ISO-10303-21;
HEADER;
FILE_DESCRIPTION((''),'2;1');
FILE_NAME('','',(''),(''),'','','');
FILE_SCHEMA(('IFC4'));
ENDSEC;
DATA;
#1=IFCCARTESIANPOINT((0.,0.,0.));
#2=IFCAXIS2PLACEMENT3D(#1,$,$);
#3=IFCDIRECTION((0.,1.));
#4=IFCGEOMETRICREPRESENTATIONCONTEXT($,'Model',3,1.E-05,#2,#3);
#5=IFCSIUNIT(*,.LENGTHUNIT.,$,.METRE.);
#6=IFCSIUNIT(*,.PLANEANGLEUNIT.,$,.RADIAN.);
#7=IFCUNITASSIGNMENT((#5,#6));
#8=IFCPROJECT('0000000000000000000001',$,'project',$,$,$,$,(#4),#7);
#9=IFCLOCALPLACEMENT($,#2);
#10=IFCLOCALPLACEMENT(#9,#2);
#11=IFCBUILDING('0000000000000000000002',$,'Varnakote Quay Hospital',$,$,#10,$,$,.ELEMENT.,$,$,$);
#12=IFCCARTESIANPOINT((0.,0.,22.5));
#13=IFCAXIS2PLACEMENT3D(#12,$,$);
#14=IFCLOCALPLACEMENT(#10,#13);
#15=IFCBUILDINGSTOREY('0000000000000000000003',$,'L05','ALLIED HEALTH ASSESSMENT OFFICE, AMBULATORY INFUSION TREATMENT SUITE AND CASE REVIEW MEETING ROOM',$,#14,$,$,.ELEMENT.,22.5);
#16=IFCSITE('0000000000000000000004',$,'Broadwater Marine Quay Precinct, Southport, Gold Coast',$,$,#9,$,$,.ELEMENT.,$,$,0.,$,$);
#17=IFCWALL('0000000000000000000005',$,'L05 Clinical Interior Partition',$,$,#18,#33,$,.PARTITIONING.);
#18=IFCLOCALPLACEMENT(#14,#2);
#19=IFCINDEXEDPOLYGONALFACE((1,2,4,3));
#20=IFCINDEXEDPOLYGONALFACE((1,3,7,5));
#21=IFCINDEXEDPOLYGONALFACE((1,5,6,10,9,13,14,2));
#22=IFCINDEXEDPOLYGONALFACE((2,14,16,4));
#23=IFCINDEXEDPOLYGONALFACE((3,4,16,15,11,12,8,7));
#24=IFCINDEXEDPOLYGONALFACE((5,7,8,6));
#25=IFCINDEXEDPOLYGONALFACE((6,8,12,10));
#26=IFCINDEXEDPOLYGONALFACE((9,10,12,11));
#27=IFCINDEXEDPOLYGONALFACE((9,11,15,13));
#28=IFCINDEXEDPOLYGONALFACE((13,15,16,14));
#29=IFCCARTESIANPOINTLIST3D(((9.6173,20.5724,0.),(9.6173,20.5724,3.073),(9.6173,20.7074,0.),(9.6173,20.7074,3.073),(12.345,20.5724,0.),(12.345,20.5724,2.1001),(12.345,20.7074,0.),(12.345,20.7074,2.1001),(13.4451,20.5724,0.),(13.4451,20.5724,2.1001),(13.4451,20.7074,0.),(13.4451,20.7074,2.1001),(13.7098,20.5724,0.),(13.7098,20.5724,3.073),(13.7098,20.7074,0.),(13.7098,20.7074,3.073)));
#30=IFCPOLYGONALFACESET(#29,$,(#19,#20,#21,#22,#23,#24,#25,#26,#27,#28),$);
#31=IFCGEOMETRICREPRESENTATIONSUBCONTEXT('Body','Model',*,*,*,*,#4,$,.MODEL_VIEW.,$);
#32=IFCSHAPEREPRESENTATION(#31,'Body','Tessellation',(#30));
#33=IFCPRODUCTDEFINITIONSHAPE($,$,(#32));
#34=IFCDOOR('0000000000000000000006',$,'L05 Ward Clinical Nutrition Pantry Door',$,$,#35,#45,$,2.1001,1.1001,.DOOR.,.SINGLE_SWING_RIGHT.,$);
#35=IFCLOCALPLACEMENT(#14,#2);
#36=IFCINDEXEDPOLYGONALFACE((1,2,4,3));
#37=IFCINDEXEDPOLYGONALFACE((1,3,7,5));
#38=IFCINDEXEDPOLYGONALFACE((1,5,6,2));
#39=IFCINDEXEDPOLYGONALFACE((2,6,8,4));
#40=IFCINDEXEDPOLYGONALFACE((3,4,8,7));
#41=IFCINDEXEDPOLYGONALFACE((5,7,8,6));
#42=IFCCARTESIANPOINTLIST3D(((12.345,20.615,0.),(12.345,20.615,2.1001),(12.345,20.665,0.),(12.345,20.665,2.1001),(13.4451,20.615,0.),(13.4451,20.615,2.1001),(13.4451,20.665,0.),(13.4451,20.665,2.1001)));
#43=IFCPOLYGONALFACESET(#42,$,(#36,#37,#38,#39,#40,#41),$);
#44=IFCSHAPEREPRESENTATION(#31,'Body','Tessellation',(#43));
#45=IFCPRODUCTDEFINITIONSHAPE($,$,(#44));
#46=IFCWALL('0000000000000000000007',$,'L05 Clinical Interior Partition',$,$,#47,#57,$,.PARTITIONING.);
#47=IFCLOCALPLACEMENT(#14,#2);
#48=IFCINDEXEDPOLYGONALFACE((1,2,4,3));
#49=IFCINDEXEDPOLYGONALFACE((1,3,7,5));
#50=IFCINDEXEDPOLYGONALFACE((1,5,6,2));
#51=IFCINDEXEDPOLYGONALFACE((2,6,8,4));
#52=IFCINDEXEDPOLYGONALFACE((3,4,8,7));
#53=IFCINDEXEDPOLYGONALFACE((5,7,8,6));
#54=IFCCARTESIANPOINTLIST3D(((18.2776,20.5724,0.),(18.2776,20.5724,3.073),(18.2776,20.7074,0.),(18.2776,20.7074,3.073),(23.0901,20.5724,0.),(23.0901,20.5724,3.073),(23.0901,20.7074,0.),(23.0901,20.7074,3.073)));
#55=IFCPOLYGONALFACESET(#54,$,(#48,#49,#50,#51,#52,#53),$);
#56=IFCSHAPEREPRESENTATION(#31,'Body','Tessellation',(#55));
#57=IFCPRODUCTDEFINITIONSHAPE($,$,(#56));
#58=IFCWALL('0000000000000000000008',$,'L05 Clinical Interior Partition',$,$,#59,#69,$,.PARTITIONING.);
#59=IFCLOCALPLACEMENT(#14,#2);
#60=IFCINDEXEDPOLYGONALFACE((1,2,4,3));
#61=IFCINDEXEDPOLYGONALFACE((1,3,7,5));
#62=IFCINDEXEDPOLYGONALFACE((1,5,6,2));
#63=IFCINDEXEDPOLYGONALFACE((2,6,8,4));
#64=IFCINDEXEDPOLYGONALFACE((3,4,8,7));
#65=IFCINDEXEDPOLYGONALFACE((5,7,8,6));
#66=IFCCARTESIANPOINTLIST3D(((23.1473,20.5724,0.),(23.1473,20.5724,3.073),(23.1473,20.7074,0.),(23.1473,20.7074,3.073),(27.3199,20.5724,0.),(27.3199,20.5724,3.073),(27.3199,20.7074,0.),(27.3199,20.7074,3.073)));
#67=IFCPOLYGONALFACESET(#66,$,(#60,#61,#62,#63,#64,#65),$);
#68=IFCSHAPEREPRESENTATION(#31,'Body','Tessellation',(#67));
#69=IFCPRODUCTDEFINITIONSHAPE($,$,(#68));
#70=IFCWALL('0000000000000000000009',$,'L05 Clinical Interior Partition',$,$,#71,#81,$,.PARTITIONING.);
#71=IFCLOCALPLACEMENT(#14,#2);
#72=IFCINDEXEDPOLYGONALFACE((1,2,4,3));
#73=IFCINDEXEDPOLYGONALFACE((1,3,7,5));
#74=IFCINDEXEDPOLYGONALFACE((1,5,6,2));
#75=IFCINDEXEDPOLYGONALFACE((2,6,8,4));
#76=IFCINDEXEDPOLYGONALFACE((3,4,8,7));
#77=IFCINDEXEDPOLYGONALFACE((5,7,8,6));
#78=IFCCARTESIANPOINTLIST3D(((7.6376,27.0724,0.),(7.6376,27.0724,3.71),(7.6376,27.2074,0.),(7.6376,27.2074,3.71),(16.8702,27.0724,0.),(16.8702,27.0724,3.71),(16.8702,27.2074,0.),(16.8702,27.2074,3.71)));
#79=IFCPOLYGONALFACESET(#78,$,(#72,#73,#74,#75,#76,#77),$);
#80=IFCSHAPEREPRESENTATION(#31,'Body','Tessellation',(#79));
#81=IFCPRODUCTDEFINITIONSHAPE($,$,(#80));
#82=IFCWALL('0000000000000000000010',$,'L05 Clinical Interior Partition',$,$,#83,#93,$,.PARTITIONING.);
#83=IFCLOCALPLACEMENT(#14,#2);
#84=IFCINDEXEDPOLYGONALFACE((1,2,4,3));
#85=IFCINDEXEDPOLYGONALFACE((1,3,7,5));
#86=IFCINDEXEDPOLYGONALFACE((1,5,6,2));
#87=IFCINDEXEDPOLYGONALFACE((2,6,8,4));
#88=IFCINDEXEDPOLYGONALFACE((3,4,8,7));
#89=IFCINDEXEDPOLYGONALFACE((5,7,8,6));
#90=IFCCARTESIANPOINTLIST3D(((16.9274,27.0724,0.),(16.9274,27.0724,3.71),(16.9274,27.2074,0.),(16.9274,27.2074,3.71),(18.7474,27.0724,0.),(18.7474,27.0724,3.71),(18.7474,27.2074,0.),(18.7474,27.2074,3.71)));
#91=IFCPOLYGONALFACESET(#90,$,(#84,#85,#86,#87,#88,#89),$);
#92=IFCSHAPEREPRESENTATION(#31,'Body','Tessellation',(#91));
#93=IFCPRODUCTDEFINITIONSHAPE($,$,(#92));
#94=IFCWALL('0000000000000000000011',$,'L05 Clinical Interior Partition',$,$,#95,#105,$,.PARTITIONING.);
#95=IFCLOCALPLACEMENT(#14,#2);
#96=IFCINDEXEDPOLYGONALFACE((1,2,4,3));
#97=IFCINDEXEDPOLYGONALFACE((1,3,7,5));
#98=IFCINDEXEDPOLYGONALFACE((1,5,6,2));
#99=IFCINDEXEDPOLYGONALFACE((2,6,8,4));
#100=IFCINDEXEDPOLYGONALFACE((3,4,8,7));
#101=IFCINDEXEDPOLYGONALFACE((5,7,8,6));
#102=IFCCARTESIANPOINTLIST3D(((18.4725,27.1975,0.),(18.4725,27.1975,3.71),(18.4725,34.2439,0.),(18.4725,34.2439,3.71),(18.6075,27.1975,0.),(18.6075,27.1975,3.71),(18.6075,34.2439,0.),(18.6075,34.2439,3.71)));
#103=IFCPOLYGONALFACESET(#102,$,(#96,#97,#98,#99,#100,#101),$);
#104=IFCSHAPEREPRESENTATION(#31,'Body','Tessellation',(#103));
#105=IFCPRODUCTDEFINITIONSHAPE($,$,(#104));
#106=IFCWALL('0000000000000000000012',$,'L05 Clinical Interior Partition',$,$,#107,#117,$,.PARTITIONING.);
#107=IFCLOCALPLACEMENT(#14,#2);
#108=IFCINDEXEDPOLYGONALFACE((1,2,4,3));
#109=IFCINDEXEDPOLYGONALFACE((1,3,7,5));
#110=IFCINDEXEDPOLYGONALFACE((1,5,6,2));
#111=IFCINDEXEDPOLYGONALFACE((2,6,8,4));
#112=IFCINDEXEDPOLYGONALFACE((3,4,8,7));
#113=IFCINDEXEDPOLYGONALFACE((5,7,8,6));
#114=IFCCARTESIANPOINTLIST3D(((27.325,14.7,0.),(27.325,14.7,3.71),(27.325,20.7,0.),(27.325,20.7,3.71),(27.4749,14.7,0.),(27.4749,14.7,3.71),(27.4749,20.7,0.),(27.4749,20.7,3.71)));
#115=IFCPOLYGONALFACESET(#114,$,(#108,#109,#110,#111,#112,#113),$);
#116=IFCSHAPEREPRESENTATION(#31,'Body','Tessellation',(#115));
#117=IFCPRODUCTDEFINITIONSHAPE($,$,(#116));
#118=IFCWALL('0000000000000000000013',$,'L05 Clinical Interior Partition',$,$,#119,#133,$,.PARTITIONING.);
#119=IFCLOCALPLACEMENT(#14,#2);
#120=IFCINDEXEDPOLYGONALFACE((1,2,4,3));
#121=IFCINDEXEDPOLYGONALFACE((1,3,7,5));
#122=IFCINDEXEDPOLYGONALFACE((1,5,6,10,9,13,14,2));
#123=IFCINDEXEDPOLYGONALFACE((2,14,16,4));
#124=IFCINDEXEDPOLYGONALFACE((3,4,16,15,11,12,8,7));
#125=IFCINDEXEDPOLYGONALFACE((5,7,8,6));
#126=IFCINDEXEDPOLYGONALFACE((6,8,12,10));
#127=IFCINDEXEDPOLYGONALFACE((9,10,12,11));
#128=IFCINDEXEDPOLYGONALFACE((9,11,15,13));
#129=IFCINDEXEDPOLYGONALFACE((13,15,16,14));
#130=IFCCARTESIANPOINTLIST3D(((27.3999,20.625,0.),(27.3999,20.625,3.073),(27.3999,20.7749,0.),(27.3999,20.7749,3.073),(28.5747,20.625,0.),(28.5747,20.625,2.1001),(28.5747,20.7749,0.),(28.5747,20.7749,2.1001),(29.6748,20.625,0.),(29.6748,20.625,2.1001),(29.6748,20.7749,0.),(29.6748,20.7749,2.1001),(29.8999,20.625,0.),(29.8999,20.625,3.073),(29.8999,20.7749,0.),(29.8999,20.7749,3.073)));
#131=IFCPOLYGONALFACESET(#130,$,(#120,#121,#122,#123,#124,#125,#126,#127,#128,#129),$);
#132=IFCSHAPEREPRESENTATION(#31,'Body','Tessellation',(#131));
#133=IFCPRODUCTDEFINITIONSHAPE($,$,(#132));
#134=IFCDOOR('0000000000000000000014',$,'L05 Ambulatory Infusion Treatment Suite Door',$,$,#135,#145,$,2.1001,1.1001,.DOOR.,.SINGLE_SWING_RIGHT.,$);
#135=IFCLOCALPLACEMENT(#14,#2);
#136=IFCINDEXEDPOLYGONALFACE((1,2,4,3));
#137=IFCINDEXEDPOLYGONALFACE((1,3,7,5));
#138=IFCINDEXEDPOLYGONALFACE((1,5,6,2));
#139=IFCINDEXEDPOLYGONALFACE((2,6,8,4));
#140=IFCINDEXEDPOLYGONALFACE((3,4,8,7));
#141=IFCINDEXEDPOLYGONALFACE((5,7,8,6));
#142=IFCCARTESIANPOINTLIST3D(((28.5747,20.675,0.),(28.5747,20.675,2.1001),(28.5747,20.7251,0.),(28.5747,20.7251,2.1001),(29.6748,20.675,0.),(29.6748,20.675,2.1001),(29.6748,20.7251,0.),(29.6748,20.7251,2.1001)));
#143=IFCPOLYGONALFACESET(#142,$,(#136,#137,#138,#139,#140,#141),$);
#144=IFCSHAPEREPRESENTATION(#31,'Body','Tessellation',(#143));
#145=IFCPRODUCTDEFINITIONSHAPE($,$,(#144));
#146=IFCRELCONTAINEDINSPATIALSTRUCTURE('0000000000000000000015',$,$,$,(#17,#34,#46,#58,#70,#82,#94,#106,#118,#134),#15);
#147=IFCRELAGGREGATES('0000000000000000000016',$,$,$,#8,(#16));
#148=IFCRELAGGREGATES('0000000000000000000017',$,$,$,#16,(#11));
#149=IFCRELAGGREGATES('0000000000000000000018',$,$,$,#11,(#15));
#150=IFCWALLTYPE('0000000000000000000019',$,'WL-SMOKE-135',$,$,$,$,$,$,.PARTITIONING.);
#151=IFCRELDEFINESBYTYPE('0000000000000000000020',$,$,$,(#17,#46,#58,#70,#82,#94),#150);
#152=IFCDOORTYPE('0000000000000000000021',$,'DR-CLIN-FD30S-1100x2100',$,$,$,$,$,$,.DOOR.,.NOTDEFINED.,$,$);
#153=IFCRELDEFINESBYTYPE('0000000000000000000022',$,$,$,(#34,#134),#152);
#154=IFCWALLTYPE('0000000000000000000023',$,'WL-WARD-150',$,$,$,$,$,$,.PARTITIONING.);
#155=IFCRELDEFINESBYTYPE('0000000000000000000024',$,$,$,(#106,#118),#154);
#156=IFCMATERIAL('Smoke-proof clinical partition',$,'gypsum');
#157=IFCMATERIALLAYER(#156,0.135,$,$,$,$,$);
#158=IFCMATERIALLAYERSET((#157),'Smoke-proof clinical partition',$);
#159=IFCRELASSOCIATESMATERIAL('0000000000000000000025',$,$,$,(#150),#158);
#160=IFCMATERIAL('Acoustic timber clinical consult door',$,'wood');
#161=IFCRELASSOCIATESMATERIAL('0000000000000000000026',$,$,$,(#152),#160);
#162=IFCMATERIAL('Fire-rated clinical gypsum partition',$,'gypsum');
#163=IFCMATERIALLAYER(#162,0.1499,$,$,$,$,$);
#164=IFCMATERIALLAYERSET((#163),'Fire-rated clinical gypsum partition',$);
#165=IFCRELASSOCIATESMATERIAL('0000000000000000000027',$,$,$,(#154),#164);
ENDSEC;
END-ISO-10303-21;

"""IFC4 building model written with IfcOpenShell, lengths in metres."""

from ifc_helpers import new_model, si_unit, direction, frame, frame_2d, origin, place, context, subcontext, project, spatial, rectangle, extrude, material, layer, layer_set, type_object, element, fill, save


model = new_model("IFC4")

# Units and contexts
model_context = context("Model", 3, precision=1e-05, world=origin(), true_north=direction((0.0, 1.0)))
body_context = subcontext(model_context, "Body", "Model", "MODEL_VIEW")
ifc_project = project(units=[si_unit("LENGTHUNIT", "METRE"), si_unit("PLANEANGLEUNIT", "RADIAN")], contexts=[model_context])

# Site, building, storey
site_placement = place(None, origin())
site = spatial("IfcSite", under=ifc_project, at=site_placement, Name="Broadwater Marine Quay Precinct, Southport, Gold Coast", CompositionType="ELEMENT", RefElevation=0.0)
building_placement = place(site_placement, origin())
building = spatial("IfcBuilding", under=site, at=building_placement, Name="Varnakote Quay Hospital", CompositionType="ELEMENT")
storey_placement = place(building_placement, frame((0.0, 0.0, 22.5)))
storey = spatial("IfcBuildingStorey", under=building, at=storey_placement, Name="L05", Description="ALLIED HEALTH ASSESSMENT OFFICE, AMBULATORY INFUSION TREATMENT SUITE AND CASE REVIEW MEETING ROOM", CompositionType="ELEMENT", Elevation=22.5)

# Wall, opening, door
ifc_material_1 = material(Name="Smoke-proof clinical partition", Category="gypsum")
ifc_layer_1 = layer(ifc_material_1, 0.135)
ifc_layer_set_1 = layer_set([ifc_layer_1], Name="Smoke-proof clinical partition")
wall_type_1 = type_object("IfcWallType", Name="WL-SMOKE-135", PredefinedType="PARTITIONING", material=ifc_layer_set_1)
wall_1_placement = place(storey_placement, frame((13.71, 20.6399, 0.0), z_axis=(0.0, 0.0, 1.0), x_axis=(-1.0, 0.0, 0.0)))
wall_1 = element("IfcWall", 1, at=wall_1_placement, inside=storey, type_object=wall_type_1, Name="L05 Clinical Interior Partition", PredefinedType="PARTITIONING", context=body_context, shape_type="SweptSolid", body=[
    extrude(rectangle(XDim=4.0925, YDim=0.135, at=frame_2d((2.0464, 0.0))), origin(), (0.0, 0.0, 1.0), 3.073),
])
opening_1_placement = place(wall_1_placement, frame((0.2649, 0.0, 0.0)))
opening_1 = element("IfcOpeningElement", 2, at=opening_1_placement, cuts=wall_1, PredefinedType="OPENING", context=body_context, shape_type="SweptSolid", body=[
    extrude(rectangle(XDim=1.1001, YDim=2.1001, at=frame_2d((0.55, 1.05))), frame((0.0, 0.0774, 0.0), z_axis=(0.0, -1.0, 0.0), x_axis=(1.0, 0.0, 0.0)), (0.0, 0.0, 1.0), 0.155),
])
ifc_material_2 = material(Name="Acoustic timber clinical consult door", Category="wood")
door_type = type_object("IfcDoorType", Name="DR-CLIN-FD30S-1100x2100", OperationType="NOTDEFINED", PredefinedType="DOOR", material=ifc_material_2)
door_1_placement = place(opening_1_placement, origin())
door_1 = element("IfcDoor", 3, at=door_1_placement, inside=storey, type_object=door_type, Name="L05 Ward Clinical Nutrition Pantry Door", OperationType="SINGLE_SWING_RIGHT", OverallHeight=2.1001, OverallWidth=1.1001, PredefinedType="DOOR", context=body_context, shape_type="SweptSolid", body=[
    extrude(rectangle(XDim=1.1001, YDim=2.1001, at=frame_2d((0.55, 1.05))), frame((0.0, 0.0249, 0.0), z_axis=(0.0, -1.0, 0.0), x_axis=(1.0, 0.0, 0.0)), (0.0, 0.0, 1.0), 0.05),
])
fill(opening_1, door_1)

# Walls
wall_2_placement = place(storey_placement, frame((23.0901, 20.6399, 0.0), z_axis=(0.0, 0.0, 1.0), x_axis=(-1.0, 0.0, 0.0)))
element("IfcWall", 4, at=wall_2_placement, inside=storey, type_object=wall_type_1, Name="L05 Clinical Interior Partition", PredefinedType="PARTITIONING", context=body_context, shape_type="SweptSolid", body=[
    extrude(rectangle(XDim=4.8125, YDim=0.135, at=frame_2d((2.4062, 0.0))), origin(), (0.0, 0.0, 1.0), 3.073),
])
wall_3_placement = place(storey_placement, frame((27.3201, 20.6399, 0.0), z_axis=(0.0, 0.0, 1.0), x_axis=(-1.0, 0.0, 0.0)))
element("IfcWall", 5, at=wall_3_placement, inside=storey, type_object=wall_type_1, Name="L05 Clinical Interior Partition", PredefinedType="PARTITIONING", context=body_context, shape_type="SweptSolid", body=[
    extrude(rectangle(XDim=4.1726, YDim=0.135, at=frame_2d((2.0864, 0.0))), origin(), (0.0, 0.0, 1.0), 3.073),
])
wall_4_placement = place(storey_placement, frame((16.8701, 27.1399, 0.0), z_axis=(0.0, 0.0, 1.0), x_axis=(-1.0, 0.0, 0.0)))
element("IfcWall", 6, at=wall_4_placement, inside=storey, type_object=wall_type_1, Name="L05 Clinical Interior Partition", PredefinedType="PARTITIONING", context=body_context, shape_type="SweptSolid", body=[
    extrude(rectangle(XDim=9.2327, YDim=0.135, at=frame_2d((4.6162, 0.0))), origin(), (0.0, 0.0, 1.0), 3.71),
])
wall_5_placement = place(storey_placement, frame((18.7476, 27.1399, 0.0), z_axis=(0.0, 0.0, 1.0), x_axis=(-1.0, 0.0, 0.0)))
element("IfcWall", 7, at=wall_5_placement, inside=storey, type_object=wall_type_1, Name="L05 Clinical Interior Partition", PredefinedType="PARTITIONING", context=body_context, shape_type="SweptSolid", body=[
    extrude(rectangle(XDim=1.8201, YDim=0.135, at=frame_2d((0.9102, 0.0))), origin(), (0.0, 0.0, 1.0), 3.71),
])
wall_6_placement = place(storey_placement, frame((18.54, 27.1975, 0.0), z_axis=(0.0, 0.0, 1.0), x_axis=(0.0, 1.0, 0.0)))
element("IfcWall", 8, at=wall_6_placement, inside=storey, type_object=wall_type_1, Name="L05 Clinical Interior Partition", PredefinedType="PARTITIONING", context=body_context, shape_type="SweptSolid", body=[
    extrude(rectangle(XDim=7.0464, YDim=0.135, at=frame_2d((3.5232, 0.0))), origin(), (0.0, 0.0, 1.0), 3.71),
])
ifc_material_3 = material(Name="Fire-rated clinical gypsum partition", Category="gypsum")
ifc_layer_2 = layer(ifc_material_3, 0.1499)
ifc_layer_set_2 = layer_set([ifc_layer_2], Name="Fire-rated clinical gypsum partition")
wall_type_2 = type_object("IfcWallType", Name="WL-WARD-150", PredefinedType="PARTITIONING", material=ifc_layer_set_2)
wall_7_placement = place(storey_placement, frame((27.3999, 20.7, 0.0), z_axis=(0.0, 0.0, 1.0), x_axis=(0.0, -1.0, 0.0)))
element("IfcWall", 9, at=wall_7_placement, inside=storey, type_object=wall_type_2, Name="L05 Clinical Interior Partition", PredefinedType="PARTITIONING", context=body_context, shape_type="SweptSolid", body=[
    extrude(rectangle(XDim=6.0, YDim=0.1499, at=frame_2d((3.0, 0.0))), origin(), (0.0, 0.0, 1.0), 3.71),
])

# Wall, opening, door
wall_8_placement = place(storey_placement, frame((29.8999, 20.7, 0.0), z_axis=(0.0, 0.0, 1.0), x_axis=(-1.0, 0.0, 0.0)))
wall_8 = element("IfcWall", 10, at=wall_8_placement, inside=storey, type_object=wall_type_2, Name="L05 Clinical Interior Partition", PredefinedType="PARTITIONING", context=body_context, shape_type="SweptSolid", body=[
    extrude(rectangle(XDim=2.5, YDim=0.1499, at=frame_2d((1.25, 0.0))), origin(), (0.0, 0.0, 1.0), 3.073),
])
opening_2_placement = place(wall_8_placement, frame((0.2251, 0.0, 0.0)))
opening_2 = element("IfcOpeningElement", 11, at=opening_2_placement, cuts=wall_8, PredefinedType="OPENING", context=body_context, shape_type="SweptSolid", body=[
    extrude(rectangle(XDim=1.1001, YDim=2.1001, at=frame_2d((0.55, 1.05))), frame((0.0, 0.085, 0.0), z_axis=(0.0, -1.0, 0.0), x_axis=(1.0, 0.0, 0.0)), (0.0, 0.0, 1.0), 0.1699),
])
door_2_placement = place(opening_2_placement, origin())
door_2 = element("IfcDoor", 12, at=door_2_placement, inside=storey, type_object=door_type, Name="L05 Ambulatory Infusion Treatment Suite Door", OperationType="SINGLE_SWING_RIGHT", OverallHeight=2.1001, OverallWidth=1.1001, PredefinedType="DOOR", context=body_context, shape_type="SweptSolid", body=[
    extrude(rectangle(XDim=1.1001, YDim=2.1001, at=frame_2d((0.55, 1.05))), frame((0.0, 0.0249, 0.0), z_axis=(0.0, -1.0, 0.0), x_axis=(1.0, 0.0, 0.0)), (0.0, 0.0, 1.0), 0.05),
])
fill(opening_2, door_2)

save(model, "model.ifc")
